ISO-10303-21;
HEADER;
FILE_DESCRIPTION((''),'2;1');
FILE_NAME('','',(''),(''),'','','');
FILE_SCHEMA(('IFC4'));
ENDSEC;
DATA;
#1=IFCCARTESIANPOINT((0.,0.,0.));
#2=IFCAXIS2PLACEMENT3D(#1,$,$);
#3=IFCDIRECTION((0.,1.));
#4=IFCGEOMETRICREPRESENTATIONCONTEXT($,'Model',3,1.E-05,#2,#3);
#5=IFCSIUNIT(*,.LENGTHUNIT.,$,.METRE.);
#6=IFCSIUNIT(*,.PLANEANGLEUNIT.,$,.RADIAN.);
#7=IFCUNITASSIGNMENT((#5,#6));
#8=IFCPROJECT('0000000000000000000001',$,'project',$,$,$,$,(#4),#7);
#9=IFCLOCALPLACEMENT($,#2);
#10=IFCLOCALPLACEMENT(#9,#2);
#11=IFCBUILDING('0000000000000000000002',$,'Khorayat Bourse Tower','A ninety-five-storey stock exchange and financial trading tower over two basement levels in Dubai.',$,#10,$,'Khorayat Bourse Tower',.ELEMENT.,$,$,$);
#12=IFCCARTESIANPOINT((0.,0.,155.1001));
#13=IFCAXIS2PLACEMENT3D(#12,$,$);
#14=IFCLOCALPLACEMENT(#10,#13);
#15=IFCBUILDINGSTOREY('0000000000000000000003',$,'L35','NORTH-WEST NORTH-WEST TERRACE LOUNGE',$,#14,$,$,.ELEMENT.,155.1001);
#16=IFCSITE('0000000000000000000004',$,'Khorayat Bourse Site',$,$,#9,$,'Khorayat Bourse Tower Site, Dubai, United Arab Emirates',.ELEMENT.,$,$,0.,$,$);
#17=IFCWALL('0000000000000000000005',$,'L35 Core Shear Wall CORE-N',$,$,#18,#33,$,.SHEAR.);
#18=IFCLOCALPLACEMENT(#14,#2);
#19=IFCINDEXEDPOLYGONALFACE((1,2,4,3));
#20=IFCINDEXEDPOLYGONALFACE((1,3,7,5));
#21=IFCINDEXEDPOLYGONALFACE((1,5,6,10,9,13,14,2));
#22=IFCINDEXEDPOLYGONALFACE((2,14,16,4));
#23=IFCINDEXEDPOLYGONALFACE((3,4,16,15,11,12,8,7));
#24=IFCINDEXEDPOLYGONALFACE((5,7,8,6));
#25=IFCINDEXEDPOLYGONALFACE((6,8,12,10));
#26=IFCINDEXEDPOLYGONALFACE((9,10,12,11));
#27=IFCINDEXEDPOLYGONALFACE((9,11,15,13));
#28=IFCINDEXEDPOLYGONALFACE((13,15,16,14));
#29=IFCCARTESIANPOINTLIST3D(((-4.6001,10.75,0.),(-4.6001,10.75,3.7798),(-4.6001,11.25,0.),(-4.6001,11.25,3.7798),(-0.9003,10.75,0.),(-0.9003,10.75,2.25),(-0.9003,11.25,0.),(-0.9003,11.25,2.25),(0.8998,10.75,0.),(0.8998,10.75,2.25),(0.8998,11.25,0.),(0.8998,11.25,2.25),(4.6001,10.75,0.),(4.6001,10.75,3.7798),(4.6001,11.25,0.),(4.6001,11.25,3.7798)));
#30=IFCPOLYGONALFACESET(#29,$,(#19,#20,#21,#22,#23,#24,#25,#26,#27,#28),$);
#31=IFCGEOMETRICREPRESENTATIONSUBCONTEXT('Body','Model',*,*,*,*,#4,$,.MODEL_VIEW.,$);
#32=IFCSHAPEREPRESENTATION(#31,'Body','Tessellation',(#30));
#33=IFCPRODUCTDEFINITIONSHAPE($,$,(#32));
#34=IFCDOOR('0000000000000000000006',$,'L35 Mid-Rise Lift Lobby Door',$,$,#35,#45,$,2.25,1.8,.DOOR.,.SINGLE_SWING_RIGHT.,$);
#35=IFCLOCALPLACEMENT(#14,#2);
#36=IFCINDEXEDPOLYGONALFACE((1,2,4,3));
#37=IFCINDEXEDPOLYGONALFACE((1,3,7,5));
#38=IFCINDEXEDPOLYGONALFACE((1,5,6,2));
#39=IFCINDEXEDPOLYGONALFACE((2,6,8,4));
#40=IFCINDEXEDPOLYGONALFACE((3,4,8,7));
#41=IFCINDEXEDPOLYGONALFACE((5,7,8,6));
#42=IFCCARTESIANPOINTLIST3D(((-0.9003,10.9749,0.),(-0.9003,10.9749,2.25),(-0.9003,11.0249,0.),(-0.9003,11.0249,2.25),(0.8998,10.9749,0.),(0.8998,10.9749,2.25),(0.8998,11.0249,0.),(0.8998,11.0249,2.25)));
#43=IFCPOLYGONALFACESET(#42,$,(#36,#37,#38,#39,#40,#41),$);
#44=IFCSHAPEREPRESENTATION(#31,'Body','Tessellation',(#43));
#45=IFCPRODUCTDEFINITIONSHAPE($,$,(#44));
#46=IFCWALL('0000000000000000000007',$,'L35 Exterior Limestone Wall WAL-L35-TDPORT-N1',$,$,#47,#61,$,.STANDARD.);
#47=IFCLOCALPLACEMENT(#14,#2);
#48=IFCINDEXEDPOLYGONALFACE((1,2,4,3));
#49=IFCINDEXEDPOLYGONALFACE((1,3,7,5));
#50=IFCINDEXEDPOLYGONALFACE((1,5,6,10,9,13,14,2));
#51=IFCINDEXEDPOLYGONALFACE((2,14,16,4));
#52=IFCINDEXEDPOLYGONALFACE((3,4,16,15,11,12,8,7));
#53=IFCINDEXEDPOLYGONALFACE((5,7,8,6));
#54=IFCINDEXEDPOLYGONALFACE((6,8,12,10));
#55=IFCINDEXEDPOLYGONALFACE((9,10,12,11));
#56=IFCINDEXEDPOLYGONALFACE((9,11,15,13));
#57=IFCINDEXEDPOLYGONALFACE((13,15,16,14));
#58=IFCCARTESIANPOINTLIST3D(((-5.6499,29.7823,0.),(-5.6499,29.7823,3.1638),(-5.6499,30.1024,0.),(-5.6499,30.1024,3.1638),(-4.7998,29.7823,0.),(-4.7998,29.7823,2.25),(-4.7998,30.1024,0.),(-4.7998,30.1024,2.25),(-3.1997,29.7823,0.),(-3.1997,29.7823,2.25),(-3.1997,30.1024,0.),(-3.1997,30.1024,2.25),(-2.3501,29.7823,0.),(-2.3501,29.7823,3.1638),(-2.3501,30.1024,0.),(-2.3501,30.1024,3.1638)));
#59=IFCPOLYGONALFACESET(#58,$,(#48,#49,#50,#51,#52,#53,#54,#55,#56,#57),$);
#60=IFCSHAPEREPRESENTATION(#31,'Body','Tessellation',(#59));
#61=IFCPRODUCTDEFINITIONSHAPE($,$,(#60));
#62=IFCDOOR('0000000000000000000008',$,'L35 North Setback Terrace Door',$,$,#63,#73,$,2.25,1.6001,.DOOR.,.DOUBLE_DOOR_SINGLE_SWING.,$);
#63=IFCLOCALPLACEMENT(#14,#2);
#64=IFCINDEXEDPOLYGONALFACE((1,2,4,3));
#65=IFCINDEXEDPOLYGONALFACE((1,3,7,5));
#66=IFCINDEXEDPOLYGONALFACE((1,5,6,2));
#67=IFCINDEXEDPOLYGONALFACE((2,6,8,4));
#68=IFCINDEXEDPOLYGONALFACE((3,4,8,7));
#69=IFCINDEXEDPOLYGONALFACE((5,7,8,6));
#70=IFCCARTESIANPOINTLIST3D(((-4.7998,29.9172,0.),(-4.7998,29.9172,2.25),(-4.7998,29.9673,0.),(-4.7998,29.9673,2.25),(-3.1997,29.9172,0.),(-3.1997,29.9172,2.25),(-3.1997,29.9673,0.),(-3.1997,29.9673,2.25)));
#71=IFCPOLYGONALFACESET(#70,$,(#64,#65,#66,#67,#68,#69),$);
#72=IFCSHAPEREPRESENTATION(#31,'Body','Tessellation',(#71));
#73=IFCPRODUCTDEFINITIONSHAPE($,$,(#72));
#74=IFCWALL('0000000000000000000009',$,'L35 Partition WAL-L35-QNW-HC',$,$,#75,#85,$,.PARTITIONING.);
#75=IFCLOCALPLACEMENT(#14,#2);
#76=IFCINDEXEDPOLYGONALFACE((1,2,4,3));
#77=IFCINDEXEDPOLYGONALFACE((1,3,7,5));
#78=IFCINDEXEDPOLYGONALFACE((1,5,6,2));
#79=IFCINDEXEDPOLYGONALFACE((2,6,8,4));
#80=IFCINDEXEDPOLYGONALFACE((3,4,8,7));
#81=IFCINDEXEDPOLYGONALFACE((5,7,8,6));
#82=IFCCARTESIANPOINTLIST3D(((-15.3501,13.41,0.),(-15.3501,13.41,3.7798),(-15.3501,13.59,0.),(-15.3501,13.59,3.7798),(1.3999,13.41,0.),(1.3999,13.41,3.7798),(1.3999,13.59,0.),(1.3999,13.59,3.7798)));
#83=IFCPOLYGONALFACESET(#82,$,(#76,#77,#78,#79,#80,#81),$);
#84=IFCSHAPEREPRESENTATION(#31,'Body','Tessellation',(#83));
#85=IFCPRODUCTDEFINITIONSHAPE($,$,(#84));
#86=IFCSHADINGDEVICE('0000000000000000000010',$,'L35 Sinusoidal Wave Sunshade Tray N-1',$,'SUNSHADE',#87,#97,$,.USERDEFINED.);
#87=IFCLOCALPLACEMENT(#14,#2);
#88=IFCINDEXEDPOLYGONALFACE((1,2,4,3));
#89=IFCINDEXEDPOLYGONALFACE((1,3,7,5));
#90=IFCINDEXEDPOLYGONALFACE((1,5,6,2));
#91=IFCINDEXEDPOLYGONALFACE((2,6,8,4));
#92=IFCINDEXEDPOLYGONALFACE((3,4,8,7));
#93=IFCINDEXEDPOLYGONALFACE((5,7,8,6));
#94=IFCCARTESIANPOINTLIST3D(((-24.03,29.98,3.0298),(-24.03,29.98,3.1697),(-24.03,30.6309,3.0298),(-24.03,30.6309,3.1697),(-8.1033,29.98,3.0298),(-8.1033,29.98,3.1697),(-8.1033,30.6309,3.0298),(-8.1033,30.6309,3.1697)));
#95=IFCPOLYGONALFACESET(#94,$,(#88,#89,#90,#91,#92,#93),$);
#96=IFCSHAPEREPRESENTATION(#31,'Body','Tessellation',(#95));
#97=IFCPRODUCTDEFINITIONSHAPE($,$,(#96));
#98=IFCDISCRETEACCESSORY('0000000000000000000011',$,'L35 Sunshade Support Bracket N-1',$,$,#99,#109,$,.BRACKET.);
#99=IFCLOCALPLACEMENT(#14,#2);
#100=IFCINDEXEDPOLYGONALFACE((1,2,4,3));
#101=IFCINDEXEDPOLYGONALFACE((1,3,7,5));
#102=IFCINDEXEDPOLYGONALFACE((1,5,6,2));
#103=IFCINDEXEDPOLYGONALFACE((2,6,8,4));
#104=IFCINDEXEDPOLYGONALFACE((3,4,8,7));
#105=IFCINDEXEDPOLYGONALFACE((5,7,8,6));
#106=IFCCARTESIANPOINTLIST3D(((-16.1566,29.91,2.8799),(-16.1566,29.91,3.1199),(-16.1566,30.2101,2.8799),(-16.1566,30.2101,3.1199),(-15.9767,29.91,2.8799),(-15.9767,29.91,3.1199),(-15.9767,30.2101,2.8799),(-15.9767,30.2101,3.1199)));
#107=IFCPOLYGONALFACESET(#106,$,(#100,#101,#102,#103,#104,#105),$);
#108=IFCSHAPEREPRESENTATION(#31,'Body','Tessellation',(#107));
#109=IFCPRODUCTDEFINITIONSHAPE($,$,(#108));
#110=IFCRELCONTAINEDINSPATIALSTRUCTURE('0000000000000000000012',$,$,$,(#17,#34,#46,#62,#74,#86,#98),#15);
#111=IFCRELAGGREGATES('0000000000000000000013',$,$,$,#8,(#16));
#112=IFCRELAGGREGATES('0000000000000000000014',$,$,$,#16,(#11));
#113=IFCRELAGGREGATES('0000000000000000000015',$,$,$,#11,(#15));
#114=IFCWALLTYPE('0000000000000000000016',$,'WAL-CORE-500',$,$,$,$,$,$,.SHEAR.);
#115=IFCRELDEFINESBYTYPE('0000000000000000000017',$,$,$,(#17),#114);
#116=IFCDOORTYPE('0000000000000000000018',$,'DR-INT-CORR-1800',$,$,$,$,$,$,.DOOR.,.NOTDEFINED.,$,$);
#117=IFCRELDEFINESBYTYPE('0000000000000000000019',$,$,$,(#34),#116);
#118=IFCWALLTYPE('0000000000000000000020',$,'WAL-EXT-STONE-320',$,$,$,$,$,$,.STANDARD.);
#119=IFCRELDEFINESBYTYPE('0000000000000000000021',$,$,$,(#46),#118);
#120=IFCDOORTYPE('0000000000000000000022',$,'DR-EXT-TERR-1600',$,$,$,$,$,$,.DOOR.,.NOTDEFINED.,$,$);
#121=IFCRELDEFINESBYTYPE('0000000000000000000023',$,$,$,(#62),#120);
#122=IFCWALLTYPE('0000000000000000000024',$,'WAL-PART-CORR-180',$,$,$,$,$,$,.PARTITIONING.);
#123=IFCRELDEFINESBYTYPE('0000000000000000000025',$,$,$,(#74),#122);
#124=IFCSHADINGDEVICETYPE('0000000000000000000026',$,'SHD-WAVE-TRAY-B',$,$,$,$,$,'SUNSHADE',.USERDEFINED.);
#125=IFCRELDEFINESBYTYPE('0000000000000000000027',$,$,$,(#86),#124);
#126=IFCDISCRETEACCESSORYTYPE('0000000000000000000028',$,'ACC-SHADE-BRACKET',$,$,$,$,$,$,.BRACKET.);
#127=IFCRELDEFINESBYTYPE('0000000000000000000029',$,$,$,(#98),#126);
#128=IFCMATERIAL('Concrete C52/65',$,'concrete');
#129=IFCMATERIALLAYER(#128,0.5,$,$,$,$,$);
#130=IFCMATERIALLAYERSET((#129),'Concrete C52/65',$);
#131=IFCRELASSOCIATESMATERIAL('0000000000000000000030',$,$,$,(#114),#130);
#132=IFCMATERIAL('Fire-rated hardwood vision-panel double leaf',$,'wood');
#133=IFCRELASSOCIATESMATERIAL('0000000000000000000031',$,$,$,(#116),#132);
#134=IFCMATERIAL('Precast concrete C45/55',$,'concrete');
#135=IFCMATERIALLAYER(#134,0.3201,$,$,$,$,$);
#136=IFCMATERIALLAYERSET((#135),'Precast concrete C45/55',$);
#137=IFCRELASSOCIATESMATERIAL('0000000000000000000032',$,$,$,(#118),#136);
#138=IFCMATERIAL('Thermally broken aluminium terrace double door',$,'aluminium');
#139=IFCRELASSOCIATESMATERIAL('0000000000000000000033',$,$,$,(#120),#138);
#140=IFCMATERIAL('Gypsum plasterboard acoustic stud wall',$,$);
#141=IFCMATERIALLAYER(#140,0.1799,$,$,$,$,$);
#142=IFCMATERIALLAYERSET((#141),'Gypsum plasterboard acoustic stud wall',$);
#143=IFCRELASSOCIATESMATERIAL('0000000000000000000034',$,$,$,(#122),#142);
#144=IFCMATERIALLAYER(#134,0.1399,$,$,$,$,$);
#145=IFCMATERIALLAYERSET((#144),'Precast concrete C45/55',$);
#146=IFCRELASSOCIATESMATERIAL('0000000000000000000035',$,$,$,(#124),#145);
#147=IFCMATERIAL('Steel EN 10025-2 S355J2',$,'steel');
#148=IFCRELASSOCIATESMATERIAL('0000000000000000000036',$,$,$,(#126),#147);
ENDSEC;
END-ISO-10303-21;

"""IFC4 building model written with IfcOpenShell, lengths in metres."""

from ifc_helpers import new_model, si_unit, direction, frame, frame_2d, origin, origin_2d, place, context, subcontext, project, spatial, rectangle, extrude, source, transform, mapped, material, layer, layer_set, type_object, element, fill, save


model = new_model("IFC4")

# Units and contexts
model_context = context("Model", 3, precision=1e-05, world=origin(), true_north=direction((0.0, 1.0)))
body_context = subcontext(model_context, "Body", "Model", "MODEL_VIEW")
ifc_project = project(units=[si_unit("LENGTHUNIT", "METRE"), si_unit("PLANEANGLEUNIT", "RADIAN")], contexts=[model_context])

# Site, building, storey
site_placement = place(None, origin())
site = spatial("IfcSite", under=ifc_project, at=site_placement, Name="Khorayat Bourse Site", LongName="Khorayat Bourse Tower Site, Dubai, United Arab Emirates", CompositionType="ELEMENT", RefElevation=0.0)
building_placement = place(site_placement, origin())
building = spatial("IfcBuilding", under=site, at=building_placement, Name="Khorayat Bourse Tower", Description="A ninety-five-storey stock exchange and financial trading tower over two basement levels in Dubai.", LongName="Khorayat Bourse Tower", CompositionType="ELEMENT")
storey_placement = place(building_placement, frame((0.0, 0.0, 155.1001)))
storey = spatial("IfcBuildingStorey", under=building, at=storey_placement, Name="L35", Description="NORTH-WEST NORTH-WEST TERRACE LOUNGE", CompositionType="ELEMENT", Elevation=155.1001)

# Shared definitions
ifc_material_1 = material(Name="Steel EN 10025-2 S355J2", Category="steel")

# Walls, openings, doors
ifc_material_2 = material(Name="Concrete C52/65", Category="concrete")
ifc_layer_1 = layer(ifc_material_2, 0.5)
ifc_layer_set_1 = layer_set([ifc_layer_1], Name="Concrete C52/65")
wall_type_1 = type_object("IfcWallType", Name="WAL-CORE-500", PredefinedType="SHEAR", material=ifc_layer_set_1)
shared_shape_1 = source(origin(), body_context, "Body", "SweptSolid", [
    extrude(rectangle(XDim=9.2002, YDim=0.5, at=frame_2d((4.6001, 0.0))), origin(), (0.0, 0.0, 1.0), 3.7798),
])
wall_1_placement = place(storey_placement, frame((-4.6001, 11.0, 0.0), z_axis=(0.0, 0.0, 1.0), x_axis=(1.0, 0.0, 0.0)))
wall_1 = element("IfcWall", 1, at=wall_1_placement, inside=storey, type_object=wall_type_1, Name="L35 Core Shear Wall CORE-N", PredefinedType="SHEAR", context=body_context, shape_type="MappedRepresentation", body=[
    mapped(shared_shape_1, transform((0.0, 0.0, 0.0), scale=1.0)),
])
shared_shape_2 = source(origin(), body_context, "Body", "SweptSolid", [
    extrude(rectangle(XDim=1.8, YDim=2.25, at=frame_2d((0.8999, 1.125))), frame((0.0, 0.26, 0.0), z_axis=(0.0, -1.0, 0.0), x_axis=(1.0, 0.0, 0.0)), (0.0, 0.0, 1.0), 0.52),
])
opening_1_placement = place(wall_1_placement, frame((3.7, 0.0, 0.0)))
opening_1 = element("IfcOpeningElement", 2, at=opening_1_placement, cuts=wall_1, PredefinedType="OPENING", context=body_context, shape_type="MappedRepresentation", body=[
    mapped(shared_shape_2, transform((0.0, 0.0, 0.0), scale=1.0)),
])
ifc_material_3 = material(Name="Fire-rated hardwood vision-panel double leaf", Category="wood")
door_type_1 = type_object("IfcDoorType", Name="DR-INT-CORR-1800", OperationType="NOTDEFINED", PredefinedType="DOOR", material=ifc_material_3)
shared_shape_3 = source(origin(), body_context, "Body", "SweptSolid", [
    extrude(rectangle(XDim=1.8, YDim=2.25, at=frame_2d((0.8999, 1.125))), frame((0.0, 0.0249, 0.0), z_axis=(0.0, -1.0, 0.0), x_axis=(1.0, 0.0, 0.0)), (0.0, 0.0, 1.0), 0.05),
])
door_1_placement = place(opening_1_placement, origin())
door_1 = element("IfcDoor", 3, at=door_1_placement, inside=storey, type_object=door_type_1, Name="L35 Mid-Rise Lift Lobby Door", OperationType="SINGLE_SWING_RIGHT", OverallHeight=2.25, OverallWidth=1.8, PredefinedType="DOOR", context=body_context, shape_type="MappedRepresentation", body=[
    mapped(shared_shape_3, transform((0.0, 0.0, 0.0), scale=1.0)),
])
fill(opening_1, door_1)
ifc_material_4 = material(Name="Precast concrete C45/55", Category="concrete")
ifc_layer_2 = layer(ifc_material_4, 0.3201)
ifc_layer_set_2 = layer_set([ifc_layer_2], Name="Precast concrete C45/55")
wall_type_2 = type_object("IfcWallType", Name="WAL-EXT-STONE-320", PredefinedType="STANDARD", material=ifc_layer_set_2)
shared_shape_4 = source(origin(), body_context, "Body", "SweptSolid", [
    extrude(rectangle(XDim=3.2998, YDim=0.3201, at=frame_2d((1.6499, 0.0))), origin(), (0.0, 0.0, 1.0), 3.1638),
])
wall_2_placement = place(storey_placement, frame((-5.6499, 29.9424, 0.0), z_axis=(0.0, 0.0, 1.0), x_axis=(1.0, 0.0, 0.0)))
wall_2 = element("IfcWall", 4, at=wall_2_placement, inside=storey, type_object=wall_type_2, Name="L35 Exterior Limestone Wall WAL-L35-TDPORT-N1", PredefinedType="STANDARD", context=body_context, shape_type="MappedRepresentation", body=[
    mapped(shared_shape_4, transform((0.0, 0.0, 0.0), scale=1.0)),
])
shared_shape_5 = source(origin(), body_context, "Body", "SweptSolid", [
    extrude(rectangle(XDim=1.6001, YDim=2.25, at=frame_2d((0.8, 1.125))), frame((0.0, 0.1699, 0.0), z_axis=(0.0, -1.0, 0.0), x_axis=(1.0, 0.0, 0.0)), (0.0, 0.0, 1.0), 0.3401),
])
opening_2_placement = place(wall_2_placement, frame((0.8501, 0.0, 0.0)))
opening_2 = element("IfcOpeningElement", 5, at=opening_2_placement, cuts=wall_2, PredefinedType="OPENING", context=body_context, shape_type="MappedRepresentation", body=[
    mapped(shared_shape_5, transform((0.0, 0.0, 0.0), scale=1.0)),
])
ifc_material_5 = material(Name="Thermally broken aluminium terrace double door", Category="aluminium")
door_type_2 = type_object("IfcDoorType", Name="DR-EXT-TERR-1600", OperationType="NOTDEFINED", PredefinedType="DOOR", material=ifc_material_5)
shared_shape_6 = source(origin(), body_context, "Body", "SweptSolid", [
    extrude(rectangle(XDim=1.6001, YDim=2.25, at=frame_2d((0.8, 1.125))), frame((0.0, 0.0249, 0.0), z_axis=(0.0, -1.0, 0.0), x_axis=(1.0, 0.0, 0.0)), (0.0, 0.0, 1.0), 0.05),
])
door_2_placement = place(opening_2_placement, origin())
door_2 = element("IfcDoor", 6, at=door_2_placement, inside=storey, type_object=door_type_2, Name="L35 North Setback Terrace Door", OperationType="DOUBLE_DOOR_SINGLE_SWING", OverallHeight=2.25, OverallWidth=1.6001, PredefinedType="DOOR", context=body_context, shape_type="MappedRepresentation", body=[
    mapped(shared_shape_6, transform((0.0, 0.0, 0.0), scale=1.0)),
])
fill(opening_2, door_2)

# Wall
ifc_material_6 = material(Name="Gypsum plasterboard acoustic stud wall")
ifc_layer_3 = layer(ifc_material_6, 0.1799)
ifc_layer_set_3 = layer_set([ifc_layer_3], Name="Gypsum plasterboard acoustic stud wall")
wall_type_3 = type_object("IfcWallType", Name="WAL-PART-CORR-180", PredefinedType="PARTITIONING", material=ifc_layer_set_3)
shared_shape_7 = source(origin(), body_context, "Body", "SweptSolid", [
    extrude(rectangle(XDim=16.75, YDim=0.1799, at=frame_2d((8.375, 0.0))), origin(), (0.0, 0.0, 1.0), 3.7798),
])
wall_3_placement = place(storey_placement, frame((-15.3501, 13.5, 0.0), z_axis=(0.0, 0.0, 1.0), x_axis=(1.0, 0.0, 0.0)))
element("IfcWall", 7, at=wall_3_placement, inside=storey, type_object=wall_type_3, Name="L35 Partition WAL-L35-QNW-HC", PredefinedType="PARTITIONING", context=body_context, shape_type="MappedRepresentation", body=[
    mapped(shared_shape_7, transform((0.0, 0.0, 0.0), scale=1.0)),
])

# Shading device
ifc_layer_4 = layer(ifc_material_4, 0.1399)
ifc_layer_set_4 = layer_set([ifc_layer_4], Name="Precast concrete C45/55")
shading_device_type = type_object("IfcShadingDeviceType", Name="SHD-WAVE-TRAY-B", ElementType="SUNSHADE", PredefinedType="USERDEFINED", material=ifc_layer_set_4)
shared_shape_8 = source(origin(), body_context, "Body", "SweptSolid", [
    extrude(rectangle(XDim=15.9268, YDim=0.6509, at=origin_2d()), origin(), (0.0, 0.0, 1.0), 0.1399),
])
shading_device_placement = place(storey_placement, frame((-16.0667, 30.3054, 3.0298), z_axis=(0.0, 0.0, 1.0), x_axis=(1.0, 0.0, 0.0)))
element("IfcShadingDevice", 8, at=shading_device_placement, inside=storey, type_object=shading_device_type, Name="L35 Sinusoidal Wave Sunshade Tray N-1", ObjectType="SUNSHADE", PredefinedType="USERDEFINED", context=body_context, shape_type="MappedRepresentation", body=[
    mapped(shared_shape_8, transform((0.0, 0.0, 0.0), scale=1.0)),
])

# Discrete accessory
discrete_accessory_type = type_object("IfcDiscreteAccessoryType", Name="ACC-SHADE-BRACKET", PredefinedType="BRACKET", material=ifc_material_1)
shared_shape_9 = source(origin(), body_context, "Body", "SweptSolid", [
    extrude(rectangle(XDim=0.1799, YDim=0.3, at=origin_2d()), origin(), (0.0, 0.0, 1.0), 0.24),
])
discrete_accessory_placement = place(storey_placement, frame((-16.0667, 30.0601, 2.8799), z_axis=(0.0, 0.0, 1.0), x_axis=(1.0, 0.0, 0.0)))
element("IfcDiscreteAccessory", 9, at=discrete_accessory_placement, inside=storey, type_object=discrete_accessory_type, Name="L35 Sunshade Support Bracket N-1", PredefinedType="BRACKET", context=body_context, shape_type="MappedRepresentation", body=[
    mapped(shared_shape_9, transform((0.0, 0.0, 0.0), scale=1.0)),
])

save(model, "model.ifc")
